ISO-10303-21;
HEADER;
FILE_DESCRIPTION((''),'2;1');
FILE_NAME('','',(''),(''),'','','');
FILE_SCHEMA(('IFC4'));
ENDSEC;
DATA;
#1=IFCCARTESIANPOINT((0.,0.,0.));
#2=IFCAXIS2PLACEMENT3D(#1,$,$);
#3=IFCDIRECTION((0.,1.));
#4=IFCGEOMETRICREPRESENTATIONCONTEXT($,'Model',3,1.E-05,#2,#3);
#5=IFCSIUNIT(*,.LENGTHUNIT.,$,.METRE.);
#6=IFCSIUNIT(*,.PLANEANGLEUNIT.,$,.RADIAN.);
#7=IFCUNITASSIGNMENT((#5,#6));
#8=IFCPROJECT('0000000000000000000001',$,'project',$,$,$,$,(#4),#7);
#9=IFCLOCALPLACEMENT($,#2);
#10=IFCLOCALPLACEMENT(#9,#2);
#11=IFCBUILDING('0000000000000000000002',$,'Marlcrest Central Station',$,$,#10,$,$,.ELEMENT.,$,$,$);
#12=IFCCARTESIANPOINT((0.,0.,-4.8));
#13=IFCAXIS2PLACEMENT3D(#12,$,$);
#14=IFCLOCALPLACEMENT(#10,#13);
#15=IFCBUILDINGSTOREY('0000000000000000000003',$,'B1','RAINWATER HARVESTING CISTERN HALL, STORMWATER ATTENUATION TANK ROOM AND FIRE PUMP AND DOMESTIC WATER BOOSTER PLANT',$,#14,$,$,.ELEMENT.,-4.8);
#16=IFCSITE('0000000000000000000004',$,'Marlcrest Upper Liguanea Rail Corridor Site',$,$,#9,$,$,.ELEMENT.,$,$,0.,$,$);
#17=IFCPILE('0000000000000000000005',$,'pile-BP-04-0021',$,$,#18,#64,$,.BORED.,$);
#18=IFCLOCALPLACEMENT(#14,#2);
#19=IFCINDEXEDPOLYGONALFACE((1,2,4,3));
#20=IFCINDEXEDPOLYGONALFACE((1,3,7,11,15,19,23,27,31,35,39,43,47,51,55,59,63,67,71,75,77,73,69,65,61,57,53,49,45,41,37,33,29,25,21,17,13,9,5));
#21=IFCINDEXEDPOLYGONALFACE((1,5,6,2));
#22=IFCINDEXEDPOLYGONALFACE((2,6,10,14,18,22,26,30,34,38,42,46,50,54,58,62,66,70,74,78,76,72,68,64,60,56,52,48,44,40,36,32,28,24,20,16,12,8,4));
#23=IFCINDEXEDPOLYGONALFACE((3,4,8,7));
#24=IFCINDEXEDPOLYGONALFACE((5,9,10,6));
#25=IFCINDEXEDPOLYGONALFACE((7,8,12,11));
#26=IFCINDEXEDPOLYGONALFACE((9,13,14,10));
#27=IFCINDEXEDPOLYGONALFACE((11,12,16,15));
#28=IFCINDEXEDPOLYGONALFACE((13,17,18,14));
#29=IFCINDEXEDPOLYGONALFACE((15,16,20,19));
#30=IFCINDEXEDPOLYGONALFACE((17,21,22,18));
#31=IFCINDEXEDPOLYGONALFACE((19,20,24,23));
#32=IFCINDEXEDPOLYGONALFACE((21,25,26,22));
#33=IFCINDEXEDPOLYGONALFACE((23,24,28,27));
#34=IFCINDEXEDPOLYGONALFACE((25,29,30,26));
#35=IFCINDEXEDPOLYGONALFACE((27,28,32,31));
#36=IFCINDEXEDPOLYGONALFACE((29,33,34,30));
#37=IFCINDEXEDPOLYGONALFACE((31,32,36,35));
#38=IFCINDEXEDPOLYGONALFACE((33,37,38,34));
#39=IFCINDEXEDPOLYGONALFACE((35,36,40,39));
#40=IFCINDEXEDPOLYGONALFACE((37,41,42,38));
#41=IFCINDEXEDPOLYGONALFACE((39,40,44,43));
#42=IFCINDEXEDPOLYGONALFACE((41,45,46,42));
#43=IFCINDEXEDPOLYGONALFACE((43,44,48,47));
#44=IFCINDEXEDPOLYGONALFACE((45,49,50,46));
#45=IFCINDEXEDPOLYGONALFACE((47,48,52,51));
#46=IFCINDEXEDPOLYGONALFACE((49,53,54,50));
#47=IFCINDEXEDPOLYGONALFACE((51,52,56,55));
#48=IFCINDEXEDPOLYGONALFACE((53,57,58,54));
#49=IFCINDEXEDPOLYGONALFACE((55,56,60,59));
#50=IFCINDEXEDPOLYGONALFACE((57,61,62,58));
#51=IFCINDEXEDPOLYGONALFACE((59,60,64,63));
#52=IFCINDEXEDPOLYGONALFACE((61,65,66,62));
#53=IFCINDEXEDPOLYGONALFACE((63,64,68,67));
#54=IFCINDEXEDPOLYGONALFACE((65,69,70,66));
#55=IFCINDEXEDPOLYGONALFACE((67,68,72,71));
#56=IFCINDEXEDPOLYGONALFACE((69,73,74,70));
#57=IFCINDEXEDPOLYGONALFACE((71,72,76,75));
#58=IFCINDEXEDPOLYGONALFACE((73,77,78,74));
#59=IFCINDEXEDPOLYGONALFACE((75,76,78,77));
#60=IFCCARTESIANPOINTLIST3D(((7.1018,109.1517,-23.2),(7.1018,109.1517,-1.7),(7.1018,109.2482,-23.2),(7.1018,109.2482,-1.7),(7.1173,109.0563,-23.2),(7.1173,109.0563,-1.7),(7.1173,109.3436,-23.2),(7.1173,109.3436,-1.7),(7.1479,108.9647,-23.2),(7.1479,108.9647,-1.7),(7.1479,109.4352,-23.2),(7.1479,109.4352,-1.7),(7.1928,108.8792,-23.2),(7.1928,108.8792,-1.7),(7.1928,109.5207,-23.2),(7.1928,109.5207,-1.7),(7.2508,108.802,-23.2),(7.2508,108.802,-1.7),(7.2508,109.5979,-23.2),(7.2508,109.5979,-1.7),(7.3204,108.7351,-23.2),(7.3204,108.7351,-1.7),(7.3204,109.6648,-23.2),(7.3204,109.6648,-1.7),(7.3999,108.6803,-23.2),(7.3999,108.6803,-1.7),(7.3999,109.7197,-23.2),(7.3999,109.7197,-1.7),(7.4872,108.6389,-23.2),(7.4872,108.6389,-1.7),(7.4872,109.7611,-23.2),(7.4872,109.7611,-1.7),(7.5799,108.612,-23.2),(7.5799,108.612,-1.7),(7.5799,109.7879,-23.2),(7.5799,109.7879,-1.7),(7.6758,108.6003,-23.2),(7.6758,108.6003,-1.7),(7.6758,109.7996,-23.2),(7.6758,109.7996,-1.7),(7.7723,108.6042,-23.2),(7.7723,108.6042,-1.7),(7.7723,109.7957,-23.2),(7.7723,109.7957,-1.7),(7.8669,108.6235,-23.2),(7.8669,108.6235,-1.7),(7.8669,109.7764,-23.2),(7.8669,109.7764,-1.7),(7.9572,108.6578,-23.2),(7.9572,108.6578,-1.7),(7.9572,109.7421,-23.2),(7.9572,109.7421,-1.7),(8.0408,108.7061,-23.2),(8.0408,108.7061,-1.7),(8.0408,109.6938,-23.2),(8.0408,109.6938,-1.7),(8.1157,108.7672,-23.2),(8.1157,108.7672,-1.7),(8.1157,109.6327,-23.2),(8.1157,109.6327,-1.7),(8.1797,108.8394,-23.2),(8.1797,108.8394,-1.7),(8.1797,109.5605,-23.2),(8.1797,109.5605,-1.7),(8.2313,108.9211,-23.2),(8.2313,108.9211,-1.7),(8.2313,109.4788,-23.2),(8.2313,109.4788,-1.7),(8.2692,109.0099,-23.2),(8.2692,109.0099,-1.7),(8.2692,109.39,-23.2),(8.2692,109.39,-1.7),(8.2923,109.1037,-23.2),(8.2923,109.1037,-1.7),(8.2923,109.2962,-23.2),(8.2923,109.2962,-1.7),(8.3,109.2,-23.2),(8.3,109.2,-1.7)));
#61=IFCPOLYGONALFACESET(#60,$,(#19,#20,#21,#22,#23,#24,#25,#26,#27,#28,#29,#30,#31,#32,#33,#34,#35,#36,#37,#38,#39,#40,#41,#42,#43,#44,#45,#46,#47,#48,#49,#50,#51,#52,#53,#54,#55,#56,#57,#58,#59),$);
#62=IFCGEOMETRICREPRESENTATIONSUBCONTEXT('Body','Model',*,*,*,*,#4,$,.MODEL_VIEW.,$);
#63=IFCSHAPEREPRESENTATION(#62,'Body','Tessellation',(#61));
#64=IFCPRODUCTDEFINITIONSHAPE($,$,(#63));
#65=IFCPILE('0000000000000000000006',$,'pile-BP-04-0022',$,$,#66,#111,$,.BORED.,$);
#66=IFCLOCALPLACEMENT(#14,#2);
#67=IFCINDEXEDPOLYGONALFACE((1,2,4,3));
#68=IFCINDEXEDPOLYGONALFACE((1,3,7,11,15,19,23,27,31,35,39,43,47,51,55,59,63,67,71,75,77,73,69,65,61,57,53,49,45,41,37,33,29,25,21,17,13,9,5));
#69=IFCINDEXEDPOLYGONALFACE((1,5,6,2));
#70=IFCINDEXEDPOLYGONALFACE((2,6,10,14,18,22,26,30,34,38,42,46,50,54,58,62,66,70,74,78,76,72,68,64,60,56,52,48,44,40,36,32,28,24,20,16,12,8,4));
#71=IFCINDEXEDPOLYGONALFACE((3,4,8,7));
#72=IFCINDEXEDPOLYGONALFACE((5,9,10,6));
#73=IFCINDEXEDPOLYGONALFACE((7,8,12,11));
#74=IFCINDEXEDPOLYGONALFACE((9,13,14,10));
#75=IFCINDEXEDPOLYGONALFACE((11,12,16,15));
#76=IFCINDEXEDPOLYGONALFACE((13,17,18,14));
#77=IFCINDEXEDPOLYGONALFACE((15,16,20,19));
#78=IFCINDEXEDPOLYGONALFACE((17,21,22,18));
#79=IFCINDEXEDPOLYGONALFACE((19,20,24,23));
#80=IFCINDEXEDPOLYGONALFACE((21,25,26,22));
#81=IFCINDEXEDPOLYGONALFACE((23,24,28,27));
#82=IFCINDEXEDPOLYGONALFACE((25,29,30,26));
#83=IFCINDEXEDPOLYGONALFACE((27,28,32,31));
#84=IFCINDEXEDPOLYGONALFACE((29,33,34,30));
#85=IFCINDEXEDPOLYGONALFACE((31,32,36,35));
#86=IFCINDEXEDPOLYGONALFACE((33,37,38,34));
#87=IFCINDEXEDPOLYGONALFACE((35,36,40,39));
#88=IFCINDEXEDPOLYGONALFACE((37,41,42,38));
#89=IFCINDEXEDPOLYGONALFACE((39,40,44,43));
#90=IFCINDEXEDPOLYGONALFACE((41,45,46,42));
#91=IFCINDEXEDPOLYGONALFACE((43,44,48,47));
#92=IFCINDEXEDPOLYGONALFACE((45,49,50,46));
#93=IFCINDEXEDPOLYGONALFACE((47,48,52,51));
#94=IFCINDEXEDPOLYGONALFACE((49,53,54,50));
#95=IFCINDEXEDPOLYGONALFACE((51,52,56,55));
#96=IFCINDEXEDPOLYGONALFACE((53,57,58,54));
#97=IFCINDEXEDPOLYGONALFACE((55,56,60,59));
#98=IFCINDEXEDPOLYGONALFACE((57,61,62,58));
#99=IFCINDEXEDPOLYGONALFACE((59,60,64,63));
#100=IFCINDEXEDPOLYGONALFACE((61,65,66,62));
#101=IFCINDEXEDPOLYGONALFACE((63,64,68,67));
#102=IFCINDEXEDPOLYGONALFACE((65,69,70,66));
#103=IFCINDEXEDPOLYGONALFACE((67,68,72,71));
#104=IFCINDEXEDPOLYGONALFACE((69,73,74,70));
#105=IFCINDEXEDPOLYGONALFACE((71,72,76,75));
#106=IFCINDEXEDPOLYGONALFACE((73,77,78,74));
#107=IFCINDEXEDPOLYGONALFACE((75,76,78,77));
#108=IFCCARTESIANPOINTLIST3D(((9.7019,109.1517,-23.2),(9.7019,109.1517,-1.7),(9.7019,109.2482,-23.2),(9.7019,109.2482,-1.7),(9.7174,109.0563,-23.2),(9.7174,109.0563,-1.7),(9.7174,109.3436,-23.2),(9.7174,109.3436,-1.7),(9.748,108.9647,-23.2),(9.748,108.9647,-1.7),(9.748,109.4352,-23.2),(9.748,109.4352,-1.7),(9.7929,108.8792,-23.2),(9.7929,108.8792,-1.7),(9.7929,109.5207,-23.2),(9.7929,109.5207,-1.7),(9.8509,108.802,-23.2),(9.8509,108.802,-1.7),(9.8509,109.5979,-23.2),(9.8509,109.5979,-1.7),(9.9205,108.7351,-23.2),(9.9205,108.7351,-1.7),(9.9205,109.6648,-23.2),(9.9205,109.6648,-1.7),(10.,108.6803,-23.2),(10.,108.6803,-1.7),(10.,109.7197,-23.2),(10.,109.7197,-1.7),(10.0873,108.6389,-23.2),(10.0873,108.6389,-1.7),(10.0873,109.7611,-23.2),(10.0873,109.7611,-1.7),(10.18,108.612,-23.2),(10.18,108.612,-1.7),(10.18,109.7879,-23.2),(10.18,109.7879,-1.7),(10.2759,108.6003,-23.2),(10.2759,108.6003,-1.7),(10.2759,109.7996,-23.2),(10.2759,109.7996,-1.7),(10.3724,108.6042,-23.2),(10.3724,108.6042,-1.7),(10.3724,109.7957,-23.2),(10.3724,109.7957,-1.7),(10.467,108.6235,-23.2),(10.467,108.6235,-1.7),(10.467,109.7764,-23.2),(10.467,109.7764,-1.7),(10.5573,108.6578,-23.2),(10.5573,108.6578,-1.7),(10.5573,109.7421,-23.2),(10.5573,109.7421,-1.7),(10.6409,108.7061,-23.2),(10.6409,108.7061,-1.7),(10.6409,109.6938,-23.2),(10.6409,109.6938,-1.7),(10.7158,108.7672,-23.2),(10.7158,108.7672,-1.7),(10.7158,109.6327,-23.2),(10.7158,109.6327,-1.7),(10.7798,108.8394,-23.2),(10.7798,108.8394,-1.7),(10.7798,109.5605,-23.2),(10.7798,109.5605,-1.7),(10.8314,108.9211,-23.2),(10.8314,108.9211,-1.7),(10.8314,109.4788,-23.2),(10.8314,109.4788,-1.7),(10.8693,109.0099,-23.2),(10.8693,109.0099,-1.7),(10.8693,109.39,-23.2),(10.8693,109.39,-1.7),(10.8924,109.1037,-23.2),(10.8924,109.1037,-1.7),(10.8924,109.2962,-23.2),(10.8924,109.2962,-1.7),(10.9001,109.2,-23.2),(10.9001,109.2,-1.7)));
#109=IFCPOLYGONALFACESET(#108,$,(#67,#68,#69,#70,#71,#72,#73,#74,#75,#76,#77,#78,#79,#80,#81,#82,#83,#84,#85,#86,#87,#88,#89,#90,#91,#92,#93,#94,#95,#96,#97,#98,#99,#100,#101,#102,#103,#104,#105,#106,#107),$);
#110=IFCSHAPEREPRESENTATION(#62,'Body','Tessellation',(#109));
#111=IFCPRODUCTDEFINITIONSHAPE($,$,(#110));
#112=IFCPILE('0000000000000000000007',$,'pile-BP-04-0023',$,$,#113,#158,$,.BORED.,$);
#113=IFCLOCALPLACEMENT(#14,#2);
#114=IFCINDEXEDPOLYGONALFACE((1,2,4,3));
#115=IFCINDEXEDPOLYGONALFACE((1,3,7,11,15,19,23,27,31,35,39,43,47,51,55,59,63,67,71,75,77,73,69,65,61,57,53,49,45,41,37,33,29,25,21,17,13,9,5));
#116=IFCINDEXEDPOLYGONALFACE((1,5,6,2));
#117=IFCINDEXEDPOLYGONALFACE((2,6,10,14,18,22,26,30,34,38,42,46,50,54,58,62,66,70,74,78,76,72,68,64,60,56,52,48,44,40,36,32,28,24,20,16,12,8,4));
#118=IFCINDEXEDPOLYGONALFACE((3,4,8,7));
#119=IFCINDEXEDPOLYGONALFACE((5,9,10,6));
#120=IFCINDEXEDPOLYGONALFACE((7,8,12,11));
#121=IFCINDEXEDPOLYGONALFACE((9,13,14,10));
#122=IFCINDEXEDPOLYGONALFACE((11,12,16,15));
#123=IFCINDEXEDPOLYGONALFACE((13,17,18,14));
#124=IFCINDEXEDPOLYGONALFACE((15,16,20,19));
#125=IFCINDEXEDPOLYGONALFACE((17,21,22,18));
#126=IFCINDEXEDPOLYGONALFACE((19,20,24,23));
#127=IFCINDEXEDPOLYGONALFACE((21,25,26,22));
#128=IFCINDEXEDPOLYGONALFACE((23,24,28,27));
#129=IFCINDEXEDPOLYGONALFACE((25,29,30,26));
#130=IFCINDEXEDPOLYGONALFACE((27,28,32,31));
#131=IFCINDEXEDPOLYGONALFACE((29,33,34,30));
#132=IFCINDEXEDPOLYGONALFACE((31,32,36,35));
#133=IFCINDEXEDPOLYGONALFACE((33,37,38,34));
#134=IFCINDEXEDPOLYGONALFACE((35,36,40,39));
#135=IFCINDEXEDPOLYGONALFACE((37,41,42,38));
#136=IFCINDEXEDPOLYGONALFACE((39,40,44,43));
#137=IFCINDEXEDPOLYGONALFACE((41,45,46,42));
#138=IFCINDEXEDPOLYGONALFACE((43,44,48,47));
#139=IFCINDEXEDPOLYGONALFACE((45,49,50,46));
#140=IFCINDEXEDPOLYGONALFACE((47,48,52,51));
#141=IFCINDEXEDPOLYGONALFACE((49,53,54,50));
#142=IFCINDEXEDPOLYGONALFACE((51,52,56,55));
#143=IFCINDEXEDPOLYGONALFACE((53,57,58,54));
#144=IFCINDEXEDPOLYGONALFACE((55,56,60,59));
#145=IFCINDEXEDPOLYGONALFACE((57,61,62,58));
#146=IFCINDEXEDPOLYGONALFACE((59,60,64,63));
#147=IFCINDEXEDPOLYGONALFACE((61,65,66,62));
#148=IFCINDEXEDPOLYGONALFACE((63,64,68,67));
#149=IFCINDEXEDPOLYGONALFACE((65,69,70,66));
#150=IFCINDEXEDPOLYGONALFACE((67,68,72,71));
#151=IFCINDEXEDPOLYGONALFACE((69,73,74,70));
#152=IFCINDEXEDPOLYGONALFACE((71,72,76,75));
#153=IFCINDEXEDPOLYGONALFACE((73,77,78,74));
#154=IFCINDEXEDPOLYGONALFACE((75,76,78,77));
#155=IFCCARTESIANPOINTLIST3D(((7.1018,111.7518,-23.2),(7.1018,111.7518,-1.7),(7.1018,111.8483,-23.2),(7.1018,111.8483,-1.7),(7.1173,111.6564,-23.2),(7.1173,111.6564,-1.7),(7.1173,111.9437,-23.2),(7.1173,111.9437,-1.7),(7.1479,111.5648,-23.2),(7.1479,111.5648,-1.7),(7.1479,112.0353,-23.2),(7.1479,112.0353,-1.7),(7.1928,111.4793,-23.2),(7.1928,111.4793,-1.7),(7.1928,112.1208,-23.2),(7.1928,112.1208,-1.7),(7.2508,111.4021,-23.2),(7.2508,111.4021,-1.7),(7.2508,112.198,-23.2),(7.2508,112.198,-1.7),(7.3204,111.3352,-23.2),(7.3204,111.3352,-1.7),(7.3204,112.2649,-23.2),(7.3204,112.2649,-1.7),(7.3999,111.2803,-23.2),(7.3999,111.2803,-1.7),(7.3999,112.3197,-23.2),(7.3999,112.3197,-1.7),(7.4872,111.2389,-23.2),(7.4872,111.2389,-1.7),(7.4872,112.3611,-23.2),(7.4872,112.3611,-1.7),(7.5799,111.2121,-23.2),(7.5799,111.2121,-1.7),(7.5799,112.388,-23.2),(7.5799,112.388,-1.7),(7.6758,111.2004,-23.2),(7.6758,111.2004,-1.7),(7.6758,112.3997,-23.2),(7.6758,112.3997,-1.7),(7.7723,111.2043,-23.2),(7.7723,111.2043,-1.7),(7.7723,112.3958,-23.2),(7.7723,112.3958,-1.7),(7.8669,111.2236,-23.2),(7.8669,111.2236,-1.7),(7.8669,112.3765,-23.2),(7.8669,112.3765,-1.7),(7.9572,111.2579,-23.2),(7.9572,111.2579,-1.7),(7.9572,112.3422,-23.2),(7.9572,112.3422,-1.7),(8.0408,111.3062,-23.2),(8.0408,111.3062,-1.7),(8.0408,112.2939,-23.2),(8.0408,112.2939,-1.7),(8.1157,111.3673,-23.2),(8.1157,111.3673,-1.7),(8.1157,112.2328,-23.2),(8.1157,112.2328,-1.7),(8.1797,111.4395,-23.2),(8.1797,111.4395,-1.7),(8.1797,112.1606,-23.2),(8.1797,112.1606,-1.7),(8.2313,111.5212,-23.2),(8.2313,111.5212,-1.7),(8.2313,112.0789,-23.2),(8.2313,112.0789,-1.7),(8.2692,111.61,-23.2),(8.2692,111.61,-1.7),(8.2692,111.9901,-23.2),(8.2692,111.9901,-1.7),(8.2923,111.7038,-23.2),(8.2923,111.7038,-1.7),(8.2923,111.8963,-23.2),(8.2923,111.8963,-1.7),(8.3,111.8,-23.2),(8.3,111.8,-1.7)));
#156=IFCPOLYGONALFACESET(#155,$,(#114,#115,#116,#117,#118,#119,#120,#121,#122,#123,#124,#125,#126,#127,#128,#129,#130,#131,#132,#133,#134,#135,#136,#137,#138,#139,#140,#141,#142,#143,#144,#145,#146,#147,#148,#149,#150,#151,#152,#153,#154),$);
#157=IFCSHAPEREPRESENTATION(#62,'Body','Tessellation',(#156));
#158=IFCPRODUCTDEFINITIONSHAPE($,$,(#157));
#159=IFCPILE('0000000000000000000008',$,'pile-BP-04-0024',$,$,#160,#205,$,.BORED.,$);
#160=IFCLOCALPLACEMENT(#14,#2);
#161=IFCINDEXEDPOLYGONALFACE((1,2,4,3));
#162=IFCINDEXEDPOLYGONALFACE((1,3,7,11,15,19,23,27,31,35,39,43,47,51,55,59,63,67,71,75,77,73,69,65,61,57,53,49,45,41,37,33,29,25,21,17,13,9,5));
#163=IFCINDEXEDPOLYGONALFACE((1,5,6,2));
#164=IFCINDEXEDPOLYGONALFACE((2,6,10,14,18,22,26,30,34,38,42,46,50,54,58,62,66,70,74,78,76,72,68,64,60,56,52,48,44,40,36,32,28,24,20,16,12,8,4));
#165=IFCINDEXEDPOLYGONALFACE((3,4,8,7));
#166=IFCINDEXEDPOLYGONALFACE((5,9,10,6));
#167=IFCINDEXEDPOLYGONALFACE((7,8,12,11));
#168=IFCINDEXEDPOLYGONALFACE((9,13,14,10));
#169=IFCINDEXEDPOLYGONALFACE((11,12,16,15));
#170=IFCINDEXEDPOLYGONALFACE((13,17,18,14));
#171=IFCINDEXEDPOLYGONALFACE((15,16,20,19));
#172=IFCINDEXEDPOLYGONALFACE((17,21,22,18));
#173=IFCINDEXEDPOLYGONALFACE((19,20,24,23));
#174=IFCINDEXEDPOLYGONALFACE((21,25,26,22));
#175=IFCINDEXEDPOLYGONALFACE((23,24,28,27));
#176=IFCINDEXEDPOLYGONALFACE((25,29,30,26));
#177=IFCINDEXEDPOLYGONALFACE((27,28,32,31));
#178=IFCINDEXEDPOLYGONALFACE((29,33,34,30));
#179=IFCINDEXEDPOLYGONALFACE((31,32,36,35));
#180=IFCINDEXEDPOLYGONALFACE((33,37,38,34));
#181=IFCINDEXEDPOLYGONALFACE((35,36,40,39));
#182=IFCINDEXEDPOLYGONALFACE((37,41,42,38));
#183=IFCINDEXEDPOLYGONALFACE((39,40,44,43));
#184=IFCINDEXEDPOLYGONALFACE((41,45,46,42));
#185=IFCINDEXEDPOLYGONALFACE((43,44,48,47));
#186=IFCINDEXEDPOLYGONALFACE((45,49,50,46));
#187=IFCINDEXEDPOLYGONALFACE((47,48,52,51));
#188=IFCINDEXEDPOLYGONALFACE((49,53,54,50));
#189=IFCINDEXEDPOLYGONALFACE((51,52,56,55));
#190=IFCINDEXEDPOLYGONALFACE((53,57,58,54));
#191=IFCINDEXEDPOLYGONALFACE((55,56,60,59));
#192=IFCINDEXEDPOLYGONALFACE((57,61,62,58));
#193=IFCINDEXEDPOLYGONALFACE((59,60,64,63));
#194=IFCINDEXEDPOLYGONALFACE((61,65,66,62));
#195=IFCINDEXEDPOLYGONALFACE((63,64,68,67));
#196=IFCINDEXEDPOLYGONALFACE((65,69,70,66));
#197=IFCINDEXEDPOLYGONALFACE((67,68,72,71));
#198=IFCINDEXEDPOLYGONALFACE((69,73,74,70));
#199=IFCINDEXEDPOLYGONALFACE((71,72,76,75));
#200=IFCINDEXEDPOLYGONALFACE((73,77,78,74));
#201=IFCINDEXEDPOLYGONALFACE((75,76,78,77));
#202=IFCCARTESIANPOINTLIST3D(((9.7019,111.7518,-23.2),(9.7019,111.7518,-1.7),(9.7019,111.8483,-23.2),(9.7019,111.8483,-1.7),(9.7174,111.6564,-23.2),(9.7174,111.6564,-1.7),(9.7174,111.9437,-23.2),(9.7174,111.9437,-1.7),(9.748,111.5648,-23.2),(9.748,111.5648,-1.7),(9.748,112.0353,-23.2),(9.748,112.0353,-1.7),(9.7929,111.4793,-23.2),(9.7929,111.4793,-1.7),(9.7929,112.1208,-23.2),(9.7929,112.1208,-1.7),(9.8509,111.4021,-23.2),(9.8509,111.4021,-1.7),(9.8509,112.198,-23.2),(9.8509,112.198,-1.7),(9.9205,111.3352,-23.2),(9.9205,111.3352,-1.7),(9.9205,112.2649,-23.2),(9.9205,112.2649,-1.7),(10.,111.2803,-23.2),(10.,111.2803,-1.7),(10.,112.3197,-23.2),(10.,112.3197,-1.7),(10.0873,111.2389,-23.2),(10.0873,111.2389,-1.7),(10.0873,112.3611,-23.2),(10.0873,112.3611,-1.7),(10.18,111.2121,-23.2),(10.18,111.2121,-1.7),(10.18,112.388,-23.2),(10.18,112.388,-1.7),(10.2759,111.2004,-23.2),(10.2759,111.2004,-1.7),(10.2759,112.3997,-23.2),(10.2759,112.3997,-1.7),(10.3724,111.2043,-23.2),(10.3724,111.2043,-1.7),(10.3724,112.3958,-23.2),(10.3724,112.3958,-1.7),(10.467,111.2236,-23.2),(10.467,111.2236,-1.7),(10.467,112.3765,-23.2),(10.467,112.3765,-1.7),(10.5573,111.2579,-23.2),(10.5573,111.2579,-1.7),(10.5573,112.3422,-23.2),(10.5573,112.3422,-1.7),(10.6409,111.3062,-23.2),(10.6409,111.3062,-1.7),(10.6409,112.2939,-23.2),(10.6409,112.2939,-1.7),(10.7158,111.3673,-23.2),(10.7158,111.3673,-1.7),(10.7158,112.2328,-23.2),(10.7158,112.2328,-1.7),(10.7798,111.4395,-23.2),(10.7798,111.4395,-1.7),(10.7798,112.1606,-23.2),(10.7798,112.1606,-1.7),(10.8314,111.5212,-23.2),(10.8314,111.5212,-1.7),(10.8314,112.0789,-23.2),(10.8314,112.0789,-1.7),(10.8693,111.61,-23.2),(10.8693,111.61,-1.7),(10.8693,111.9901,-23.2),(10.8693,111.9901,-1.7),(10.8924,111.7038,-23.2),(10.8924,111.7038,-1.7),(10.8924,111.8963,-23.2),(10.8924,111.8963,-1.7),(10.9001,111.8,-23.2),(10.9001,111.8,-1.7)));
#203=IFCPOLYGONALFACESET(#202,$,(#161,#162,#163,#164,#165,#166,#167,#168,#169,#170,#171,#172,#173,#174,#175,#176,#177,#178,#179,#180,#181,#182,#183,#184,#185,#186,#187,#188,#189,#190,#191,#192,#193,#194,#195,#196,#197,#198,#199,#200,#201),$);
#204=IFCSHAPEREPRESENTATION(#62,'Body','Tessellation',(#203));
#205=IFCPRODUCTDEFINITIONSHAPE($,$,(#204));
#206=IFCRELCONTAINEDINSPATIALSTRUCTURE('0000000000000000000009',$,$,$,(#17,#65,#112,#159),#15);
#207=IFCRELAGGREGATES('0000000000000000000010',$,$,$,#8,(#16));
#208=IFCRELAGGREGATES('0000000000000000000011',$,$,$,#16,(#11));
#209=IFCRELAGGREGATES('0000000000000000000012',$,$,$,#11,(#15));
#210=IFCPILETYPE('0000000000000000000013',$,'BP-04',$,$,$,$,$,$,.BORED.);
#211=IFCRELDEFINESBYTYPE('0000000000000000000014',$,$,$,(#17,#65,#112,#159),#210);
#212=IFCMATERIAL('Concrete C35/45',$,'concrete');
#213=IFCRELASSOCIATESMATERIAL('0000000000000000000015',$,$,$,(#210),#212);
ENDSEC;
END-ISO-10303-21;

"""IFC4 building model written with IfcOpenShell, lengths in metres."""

from ifc_helpers import new_model, si_unit, direction, frame, origin, origin_2d, place, context, subcontext, project, spatial, circle, extrude, material, material_profile, profile_set, type_object, element, save


model = new_model("IFC4")

# Units and contexts
model_context = context("Model", 3, precision=1e-05, world=origin(), true_north=direction((0.0, 1.0)))
body_context = subcontext(model_context, "Body", "Model", "MODEL_VIEW")
ifc_project = project(units=[si_unit("LENGTHUNIT", "METRE"), si_unit("PLANEANGLEUNIT", "RADIAN")], contexts=[model_context])

# Site, building, storey
site_placement = place(None, origin())
site = spatial("IfcSite", under=ifc_project, at=site_placement, Name="Marlcrest Upper Liguanea Rail Corridor Site", CompositionType="ELEMENT", RefElevation=0.0)
building_placement = place(site_placement, origin())
building = spatial("IfcBuilding", under=site, at=building_placement, Name="Marlcrest Central Station", CompositionType="ELEMENT")
storey_placement = place(building_placement, frame((0.0, 0.0, -4.8)))
storey = spatial("IfcBuildingStorey", under=building, at=storey_placement, Name="B1", Description="RAINWATER HARVESTING CISTERN HALL, STORMWATER ATTENUATION TANK ROOM AND FIRE PUMP AND DOMESTIC WATER BOOSTER PLANT", CompositionType="ELEMENT", Elevation=-4.8)

# Piles
ifc_material_1 = material(Name="Concrete C35/45", Category="concrete")
ifc_material_profile_1 = material_profile(ifc_material_1, circle(Radius=0.6001, at=origin_2d()), Name="PILE D1200")
ifc_profile_set_1 = profile_set([ifc_material_profile_1], Name="Concrete C35/45")
pile_type = type_object("IfcPileType", Name="BP-04", PredefinedType="BORED", material=ifc_profile_set_1)
for number, where, z_axis, x_axis, name in (
    (1, (7.7, 109.2, -1.7), (0.0, 0.0, -1.0), (1.0, 0.0, 0.0), "pile-BP-04-0021"),
    (2, (10.3, 109.2, -1.7), (0.0, 0.0, -1.0), (1.0, 0.0, 0.0), "pile-BP-04-0022"),
    (3, (7.7, 111.8, -1.7), (0.0, 0.0, -1.0), (1.0, 0.0, 0.0), "pile-BP-04-0023"),
    (4, (10.3, 111.8, -1.7), (0.0, 0.0, -1.0), (1.0, 0.0, 0.0), "pile-BP-04-0024"),
):
    element("IfcPile", number, at=place(storey_placement, frame(where, z_axis=z_axis, x_axis=x_axis)), inside=storey, type_object=pile_type, Name=name, PredefinedType="BORED", context=body_context, shape_type="SweptSolid", body=[
        extrude(circle(Radius=0.6001, at=origin_2d()), origin(), (0.0, 0.0, 1.0), 21.5),
    ])

save(model, "model.ifc")
